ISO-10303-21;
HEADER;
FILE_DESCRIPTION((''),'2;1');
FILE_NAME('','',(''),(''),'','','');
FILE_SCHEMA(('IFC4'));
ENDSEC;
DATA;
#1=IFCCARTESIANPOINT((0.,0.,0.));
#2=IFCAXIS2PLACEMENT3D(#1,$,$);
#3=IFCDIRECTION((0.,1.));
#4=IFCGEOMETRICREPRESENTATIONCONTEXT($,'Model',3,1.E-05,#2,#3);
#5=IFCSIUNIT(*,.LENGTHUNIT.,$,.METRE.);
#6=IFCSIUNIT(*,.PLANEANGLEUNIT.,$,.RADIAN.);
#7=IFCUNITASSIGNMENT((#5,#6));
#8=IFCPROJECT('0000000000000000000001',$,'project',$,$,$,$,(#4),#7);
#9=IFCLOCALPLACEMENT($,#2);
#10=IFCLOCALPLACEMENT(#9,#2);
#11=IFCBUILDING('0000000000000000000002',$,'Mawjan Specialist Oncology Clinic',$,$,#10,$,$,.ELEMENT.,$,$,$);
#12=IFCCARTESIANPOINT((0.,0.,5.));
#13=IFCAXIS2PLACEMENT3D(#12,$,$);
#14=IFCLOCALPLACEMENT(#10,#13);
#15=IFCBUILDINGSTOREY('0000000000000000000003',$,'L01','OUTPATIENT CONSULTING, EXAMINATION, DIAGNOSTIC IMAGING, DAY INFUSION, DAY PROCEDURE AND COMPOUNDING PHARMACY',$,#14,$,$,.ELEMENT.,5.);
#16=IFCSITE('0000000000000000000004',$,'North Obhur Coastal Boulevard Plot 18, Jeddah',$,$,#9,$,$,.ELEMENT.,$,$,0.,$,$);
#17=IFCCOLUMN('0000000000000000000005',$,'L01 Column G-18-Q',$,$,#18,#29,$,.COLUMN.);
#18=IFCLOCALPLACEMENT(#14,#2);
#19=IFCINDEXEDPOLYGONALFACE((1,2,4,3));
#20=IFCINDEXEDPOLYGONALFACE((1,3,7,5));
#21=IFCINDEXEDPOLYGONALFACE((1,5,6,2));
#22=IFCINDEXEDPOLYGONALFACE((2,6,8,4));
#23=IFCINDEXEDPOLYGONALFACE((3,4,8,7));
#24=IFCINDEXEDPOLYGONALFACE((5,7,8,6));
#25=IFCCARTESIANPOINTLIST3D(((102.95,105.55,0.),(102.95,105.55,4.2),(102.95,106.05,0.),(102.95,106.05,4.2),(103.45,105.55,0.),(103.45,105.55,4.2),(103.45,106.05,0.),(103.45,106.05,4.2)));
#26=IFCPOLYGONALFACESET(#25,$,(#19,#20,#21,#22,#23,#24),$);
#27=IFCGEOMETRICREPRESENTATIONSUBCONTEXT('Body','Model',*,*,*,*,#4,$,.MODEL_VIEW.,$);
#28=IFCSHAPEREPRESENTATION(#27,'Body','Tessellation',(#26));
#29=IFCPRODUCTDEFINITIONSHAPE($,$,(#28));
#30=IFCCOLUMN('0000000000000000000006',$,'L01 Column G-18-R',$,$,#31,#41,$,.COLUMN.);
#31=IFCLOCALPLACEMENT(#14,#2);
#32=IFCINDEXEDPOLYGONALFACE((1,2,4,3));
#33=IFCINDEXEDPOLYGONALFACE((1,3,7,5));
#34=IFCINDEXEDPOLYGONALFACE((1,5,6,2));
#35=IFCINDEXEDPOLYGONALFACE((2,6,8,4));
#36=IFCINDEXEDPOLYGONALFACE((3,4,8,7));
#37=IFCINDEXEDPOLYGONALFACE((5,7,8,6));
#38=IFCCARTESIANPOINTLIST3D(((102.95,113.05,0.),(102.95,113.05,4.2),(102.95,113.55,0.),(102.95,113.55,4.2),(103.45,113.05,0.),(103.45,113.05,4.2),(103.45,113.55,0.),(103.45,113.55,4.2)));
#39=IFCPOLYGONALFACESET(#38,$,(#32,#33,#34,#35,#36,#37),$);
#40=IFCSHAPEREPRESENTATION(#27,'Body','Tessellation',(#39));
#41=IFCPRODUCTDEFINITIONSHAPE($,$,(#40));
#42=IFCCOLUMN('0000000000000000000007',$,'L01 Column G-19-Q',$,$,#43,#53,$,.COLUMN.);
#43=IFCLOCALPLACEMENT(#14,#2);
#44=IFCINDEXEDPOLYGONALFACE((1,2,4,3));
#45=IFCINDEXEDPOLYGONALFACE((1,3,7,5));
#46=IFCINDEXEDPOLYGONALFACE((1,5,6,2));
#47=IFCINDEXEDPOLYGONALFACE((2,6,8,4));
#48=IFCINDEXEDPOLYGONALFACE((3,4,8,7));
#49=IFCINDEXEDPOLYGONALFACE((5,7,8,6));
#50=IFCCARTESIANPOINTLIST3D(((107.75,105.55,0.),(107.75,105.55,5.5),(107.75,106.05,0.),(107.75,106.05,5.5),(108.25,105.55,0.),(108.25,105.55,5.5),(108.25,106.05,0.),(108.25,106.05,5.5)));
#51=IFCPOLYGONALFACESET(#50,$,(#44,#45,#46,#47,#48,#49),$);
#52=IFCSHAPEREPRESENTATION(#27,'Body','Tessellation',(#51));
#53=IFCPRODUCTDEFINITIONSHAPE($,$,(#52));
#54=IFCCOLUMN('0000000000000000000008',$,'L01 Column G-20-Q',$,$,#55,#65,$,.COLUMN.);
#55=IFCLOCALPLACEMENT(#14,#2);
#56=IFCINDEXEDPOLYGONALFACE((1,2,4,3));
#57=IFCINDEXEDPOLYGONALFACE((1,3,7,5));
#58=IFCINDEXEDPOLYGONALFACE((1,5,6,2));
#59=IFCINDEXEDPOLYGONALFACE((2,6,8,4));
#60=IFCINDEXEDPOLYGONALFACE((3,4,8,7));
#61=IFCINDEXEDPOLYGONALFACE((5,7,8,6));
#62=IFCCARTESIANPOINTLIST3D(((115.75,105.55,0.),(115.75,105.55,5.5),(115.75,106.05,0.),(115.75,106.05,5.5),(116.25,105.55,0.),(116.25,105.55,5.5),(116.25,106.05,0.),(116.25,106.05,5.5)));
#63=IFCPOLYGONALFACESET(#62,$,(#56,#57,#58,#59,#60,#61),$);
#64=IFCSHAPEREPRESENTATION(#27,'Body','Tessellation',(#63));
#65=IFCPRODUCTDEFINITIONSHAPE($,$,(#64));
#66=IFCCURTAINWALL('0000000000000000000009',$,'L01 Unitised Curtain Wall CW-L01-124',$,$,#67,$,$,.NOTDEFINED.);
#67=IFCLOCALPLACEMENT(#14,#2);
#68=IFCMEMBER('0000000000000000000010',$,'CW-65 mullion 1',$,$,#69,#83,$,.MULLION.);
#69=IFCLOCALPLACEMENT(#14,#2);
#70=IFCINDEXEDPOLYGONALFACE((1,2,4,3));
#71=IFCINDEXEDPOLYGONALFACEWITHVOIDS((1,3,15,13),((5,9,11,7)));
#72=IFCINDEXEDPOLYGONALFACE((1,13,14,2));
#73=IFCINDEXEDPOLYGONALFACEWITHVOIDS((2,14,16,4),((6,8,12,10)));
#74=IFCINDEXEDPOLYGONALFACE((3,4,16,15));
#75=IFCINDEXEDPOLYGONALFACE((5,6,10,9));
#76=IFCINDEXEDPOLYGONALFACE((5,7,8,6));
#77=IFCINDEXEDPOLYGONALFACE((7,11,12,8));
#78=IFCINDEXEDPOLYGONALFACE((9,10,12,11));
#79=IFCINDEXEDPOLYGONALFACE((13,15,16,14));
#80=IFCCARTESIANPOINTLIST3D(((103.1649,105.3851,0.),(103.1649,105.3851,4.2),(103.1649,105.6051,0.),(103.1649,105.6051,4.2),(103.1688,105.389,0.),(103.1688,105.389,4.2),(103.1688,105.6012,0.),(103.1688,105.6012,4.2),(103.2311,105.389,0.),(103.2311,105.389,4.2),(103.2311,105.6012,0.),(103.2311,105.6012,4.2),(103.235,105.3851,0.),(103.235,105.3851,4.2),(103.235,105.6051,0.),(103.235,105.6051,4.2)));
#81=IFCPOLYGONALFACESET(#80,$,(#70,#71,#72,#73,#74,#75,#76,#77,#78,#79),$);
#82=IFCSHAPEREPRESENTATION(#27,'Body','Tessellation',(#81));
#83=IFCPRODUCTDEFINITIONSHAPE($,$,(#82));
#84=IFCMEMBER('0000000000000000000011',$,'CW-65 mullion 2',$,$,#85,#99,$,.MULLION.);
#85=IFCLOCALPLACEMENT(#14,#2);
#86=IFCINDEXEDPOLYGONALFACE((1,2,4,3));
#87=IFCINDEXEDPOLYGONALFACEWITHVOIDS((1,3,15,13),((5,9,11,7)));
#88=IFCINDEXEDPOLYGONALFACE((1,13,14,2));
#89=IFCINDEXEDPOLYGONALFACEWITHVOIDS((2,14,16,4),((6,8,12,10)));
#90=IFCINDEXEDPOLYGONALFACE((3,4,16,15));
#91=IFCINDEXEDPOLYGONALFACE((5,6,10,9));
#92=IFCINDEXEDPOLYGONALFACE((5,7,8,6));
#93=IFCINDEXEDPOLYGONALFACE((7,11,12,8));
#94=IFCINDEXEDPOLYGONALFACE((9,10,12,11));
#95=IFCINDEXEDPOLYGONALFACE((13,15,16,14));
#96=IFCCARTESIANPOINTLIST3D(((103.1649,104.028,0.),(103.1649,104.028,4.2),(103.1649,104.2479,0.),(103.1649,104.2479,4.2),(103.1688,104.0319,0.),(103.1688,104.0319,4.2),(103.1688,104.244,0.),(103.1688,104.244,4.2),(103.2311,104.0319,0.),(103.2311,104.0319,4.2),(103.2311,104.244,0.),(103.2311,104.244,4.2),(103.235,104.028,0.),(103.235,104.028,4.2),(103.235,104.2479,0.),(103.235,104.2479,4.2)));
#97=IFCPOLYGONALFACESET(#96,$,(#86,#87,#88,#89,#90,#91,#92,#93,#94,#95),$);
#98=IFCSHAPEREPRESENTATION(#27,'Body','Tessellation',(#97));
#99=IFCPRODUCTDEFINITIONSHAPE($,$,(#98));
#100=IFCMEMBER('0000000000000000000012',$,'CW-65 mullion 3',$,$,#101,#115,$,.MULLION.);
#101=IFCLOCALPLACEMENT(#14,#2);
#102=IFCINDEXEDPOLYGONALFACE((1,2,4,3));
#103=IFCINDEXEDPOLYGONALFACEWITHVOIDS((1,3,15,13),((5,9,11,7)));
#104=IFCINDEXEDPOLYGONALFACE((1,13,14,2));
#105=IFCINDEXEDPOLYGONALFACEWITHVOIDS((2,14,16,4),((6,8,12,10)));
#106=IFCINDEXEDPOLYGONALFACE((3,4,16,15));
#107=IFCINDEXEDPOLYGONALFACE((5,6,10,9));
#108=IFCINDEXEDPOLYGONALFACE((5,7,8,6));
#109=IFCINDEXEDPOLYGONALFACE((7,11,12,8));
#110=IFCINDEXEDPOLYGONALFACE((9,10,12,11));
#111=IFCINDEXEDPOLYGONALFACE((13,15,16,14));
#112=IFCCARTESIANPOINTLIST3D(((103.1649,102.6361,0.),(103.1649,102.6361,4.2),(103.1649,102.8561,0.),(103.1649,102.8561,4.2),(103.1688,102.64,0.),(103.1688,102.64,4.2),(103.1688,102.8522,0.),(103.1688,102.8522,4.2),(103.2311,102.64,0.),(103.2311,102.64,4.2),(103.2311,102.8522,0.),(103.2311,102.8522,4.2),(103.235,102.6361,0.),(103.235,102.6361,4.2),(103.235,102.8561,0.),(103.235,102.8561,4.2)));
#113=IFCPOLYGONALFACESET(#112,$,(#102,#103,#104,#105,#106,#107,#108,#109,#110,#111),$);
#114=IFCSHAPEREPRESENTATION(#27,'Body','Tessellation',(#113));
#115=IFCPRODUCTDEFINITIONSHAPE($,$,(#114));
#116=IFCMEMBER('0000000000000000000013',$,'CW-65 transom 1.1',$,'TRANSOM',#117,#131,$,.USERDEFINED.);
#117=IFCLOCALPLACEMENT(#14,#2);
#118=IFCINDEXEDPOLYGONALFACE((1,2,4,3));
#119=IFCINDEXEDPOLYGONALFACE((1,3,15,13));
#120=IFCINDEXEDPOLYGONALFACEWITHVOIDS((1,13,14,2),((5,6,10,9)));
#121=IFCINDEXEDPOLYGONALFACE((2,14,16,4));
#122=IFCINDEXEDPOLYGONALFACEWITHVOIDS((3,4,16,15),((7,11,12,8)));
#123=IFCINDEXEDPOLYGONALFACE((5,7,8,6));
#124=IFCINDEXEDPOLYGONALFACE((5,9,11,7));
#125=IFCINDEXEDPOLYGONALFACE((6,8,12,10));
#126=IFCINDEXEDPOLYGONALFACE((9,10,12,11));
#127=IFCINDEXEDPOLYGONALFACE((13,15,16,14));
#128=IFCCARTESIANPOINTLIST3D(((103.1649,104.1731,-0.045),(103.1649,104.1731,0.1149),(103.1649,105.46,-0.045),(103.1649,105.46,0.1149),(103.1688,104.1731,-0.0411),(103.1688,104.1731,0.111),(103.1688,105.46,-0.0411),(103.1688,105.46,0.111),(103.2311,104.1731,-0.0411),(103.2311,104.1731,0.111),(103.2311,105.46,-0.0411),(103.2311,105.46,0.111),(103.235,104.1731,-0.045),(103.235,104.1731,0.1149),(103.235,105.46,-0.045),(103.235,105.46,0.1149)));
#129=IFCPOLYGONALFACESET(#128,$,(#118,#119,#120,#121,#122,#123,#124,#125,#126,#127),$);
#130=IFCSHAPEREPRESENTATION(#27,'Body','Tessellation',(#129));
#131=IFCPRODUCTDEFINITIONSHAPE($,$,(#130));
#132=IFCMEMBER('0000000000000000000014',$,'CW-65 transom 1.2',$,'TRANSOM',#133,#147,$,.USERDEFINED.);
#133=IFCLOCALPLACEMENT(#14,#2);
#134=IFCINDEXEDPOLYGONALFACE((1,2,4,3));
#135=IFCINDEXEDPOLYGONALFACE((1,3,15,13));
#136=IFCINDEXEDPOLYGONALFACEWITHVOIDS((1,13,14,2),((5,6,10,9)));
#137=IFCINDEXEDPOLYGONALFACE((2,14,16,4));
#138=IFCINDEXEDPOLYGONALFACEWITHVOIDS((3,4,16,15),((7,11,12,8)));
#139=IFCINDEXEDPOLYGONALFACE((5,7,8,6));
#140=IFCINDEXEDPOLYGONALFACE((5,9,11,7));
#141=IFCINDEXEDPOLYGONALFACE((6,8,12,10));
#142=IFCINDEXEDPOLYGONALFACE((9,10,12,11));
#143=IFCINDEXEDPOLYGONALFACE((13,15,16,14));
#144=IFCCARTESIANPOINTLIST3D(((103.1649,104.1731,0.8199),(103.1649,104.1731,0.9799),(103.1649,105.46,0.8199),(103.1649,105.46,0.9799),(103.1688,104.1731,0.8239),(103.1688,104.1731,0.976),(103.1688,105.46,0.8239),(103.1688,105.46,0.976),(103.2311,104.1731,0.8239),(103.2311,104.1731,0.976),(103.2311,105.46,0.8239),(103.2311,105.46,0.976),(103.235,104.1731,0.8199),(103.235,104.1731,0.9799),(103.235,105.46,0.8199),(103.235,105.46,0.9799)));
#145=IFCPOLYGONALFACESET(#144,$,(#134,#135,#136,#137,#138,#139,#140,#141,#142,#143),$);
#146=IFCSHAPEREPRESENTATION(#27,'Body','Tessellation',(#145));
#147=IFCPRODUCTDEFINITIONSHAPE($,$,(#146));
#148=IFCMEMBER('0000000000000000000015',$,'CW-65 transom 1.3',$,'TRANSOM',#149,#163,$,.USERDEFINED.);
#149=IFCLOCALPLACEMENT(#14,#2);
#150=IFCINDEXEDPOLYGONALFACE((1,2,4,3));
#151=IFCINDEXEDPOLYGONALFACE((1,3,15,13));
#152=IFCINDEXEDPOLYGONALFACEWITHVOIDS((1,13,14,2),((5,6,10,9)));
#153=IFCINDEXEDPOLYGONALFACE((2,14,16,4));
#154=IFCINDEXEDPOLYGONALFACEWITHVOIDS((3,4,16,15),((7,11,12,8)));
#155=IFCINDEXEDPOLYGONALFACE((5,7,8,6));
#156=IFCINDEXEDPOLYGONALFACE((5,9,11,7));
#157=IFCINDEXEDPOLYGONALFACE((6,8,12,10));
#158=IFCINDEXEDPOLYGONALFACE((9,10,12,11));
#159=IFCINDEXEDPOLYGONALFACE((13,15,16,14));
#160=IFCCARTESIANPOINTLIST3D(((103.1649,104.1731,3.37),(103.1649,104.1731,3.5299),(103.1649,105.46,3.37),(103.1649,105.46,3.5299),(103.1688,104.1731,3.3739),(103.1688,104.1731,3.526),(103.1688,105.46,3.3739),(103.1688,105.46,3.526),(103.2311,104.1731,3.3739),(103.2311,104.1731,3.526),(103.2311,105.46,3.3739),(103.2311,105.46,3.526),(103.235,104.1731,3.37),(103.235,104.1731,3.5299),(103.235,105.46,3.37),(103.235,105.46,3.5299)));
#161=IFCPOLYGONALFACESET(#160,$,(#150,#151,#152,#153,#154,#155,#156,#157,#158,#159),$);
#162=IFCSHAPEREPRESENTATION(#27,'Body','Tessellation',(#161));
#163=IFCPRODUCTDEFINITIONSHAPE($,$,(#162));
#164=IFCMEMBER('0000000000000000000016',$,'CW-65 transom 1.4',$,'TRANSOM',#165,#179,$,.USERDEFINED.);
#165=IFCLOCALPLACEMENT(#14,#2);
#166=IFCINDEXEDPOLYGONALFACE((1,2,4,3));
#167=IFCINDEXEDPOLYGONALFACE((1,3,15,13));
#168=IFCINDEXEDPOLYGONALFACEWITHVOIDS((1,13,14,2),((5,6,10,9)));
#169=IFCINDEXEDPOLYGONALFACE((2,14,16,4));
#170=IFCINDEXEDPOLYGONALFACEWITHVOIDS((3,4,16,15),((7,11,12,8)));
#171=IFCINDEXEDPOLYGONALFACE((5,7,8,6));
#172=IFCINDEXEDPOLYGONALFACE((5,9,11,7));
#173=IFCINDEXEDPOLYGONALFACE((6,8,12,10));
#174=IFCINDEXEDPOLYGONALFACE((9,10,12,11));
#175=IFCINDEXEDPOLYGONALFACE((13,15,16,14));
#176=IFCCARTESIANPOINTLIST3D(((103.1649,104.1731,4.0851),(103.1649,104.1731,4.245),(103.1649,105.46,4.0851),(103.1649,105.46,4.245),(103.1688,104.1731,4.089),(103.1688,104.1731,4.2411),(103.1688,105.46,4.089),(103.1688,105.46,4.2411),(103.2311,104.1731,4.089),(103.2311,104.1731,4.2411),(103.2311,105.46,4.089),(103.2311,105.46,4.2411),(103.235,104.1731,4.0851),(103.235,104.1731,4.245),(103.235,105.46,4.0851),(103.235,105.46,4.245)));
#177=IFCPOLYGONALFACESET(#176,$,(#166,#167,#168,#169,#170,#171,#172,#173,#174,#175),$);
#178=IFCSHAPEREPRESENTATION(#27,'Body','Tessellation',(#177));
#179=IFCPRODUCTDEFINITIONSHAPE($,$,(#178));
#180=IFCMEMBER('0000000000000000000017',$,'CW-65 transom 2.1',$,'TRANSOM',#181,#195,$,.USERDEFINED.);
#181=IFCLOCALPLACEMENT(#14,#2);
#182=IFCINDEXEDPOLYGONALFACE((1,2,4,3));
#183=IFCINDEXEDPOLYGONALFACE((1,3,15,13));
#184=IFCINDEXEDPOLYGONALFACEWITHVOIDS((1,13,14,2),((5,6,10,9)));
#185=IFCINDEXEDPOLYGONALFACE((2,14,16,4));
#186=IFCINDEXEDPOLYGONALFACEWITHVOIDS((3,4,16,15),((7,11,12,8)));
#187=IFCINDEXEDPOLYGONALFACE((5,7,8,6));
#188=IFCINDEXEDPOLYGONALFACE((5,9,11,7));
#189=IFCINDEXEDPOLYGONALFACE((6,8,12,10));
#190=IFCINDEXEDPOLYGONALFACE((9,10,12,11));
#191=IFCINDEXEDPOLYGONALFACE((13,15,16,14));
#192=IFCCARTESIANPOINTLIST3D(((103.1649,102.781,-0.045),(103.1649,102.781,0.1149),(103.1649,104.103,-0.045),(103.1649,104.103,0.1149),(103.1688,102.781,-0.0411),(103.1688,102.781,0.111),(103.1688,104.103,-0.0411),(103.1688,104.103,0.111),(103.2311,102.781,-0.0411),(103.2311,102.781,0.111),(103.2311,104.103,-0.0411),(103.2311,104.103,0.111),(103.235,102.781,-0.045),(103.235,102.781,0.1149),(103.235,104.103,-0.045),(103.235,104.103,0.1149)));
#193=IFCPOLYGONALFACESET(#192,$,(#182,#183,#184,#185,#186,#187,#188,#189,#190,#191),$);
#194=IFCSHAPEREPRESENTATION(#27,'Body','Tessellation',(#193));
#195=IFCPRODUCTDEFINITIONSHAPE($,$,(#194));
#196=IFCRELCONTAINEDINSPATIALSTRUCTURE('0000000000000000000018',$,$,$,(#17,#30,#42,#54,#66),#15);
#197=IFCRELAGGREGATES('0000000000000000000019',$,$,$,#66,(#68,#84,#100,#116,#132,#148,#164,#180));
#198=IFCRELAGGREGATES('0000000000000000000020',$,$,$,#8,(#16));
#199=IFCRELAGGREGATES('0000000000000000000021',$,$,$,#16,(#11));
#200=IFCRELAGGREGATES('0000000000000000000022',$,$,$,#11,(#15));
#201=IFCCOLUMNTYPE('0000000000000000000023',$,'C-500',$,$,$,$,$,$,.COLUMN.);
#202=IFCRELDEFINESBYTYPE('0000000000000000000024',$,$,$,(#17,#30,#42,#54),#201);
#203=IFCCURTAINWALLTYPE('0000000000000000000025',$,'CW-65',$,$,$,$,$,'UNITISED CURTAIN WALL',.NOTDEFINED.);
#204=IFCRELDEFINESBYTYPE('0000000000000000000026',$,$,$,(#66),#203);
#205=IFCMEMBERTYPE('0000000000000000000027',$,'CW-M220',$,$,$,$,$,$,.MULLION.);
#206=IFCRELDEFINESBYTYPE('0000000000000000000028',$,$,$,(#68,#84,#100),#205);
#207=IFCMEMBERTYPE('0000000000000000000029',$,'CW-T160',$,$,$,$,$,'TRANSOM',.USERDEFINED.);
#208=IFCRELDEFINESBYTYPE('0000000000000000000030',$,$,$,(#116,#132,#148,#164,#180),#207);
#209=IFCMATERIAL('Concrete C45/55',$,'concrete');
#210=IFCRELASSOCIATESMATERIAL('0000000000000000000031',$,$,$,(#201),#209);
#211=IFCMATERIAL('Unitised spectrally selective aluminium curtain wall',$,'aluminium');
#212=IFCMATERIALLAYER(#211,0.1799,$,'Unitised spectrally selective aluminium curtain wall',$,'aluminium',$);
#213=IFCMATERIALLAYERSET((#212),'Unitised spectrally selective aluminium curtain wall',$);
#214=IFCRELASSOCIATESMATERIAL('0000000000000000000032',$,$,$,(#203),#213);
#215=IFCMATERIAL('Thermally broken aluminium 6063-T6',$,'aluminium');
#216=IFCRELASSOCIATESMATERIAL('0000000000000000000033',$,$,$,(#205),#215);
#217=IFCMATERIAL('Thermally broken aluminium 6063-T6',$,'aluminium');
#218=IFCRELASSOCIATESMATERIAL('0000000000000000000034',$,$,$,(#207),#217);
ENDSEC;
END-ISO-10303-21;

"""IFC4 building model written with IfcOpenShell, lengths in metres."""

from ifc_helpers import new_model, si_unit, direction, frame, origin, origin_2d, place, context, subcontext, project, spatial, rectangle, hollow_rectangle, extrude, material, layer, layer_set, material_profile, profile_set, type_object, element, aggregate, save


model = new_model("IFC4")

# Units and contexts
model_context = context("Model", 3, precision=1e-05, world=origin(), true_north=direction((0.0, 1.0)))
body_context = subcontext(model_context, "Body", "Model", "MODEL_VIEW")
ifc_project = project(units=[si_unit("LENGTHUNIT", "METRE"), si_unit("PLANEANGLEUNIT", "RADIAN")], contexts=[model_context])

# Site, building, storey
site_placement = place(None, origin())
site = spatial("IfcSite", under=ifc_project, at=site_placement, Name="North Obhur Coastal Boulevard Plot 18, Jeddah", CompositionType="ELEMENT", RefElevation=0.0)
building_placement = place(site_placement, origin())
building = spatial("IfcBuilding", under=site, at=building_placement, Name="Mawjan Specialist Oncology Clinic", CompositionType="ELEMENT")
storey_placement = place(building_placement, frame((0.0, 0.0, 5.0)))
storey = spatial("IfcBuildingStorey", under=building, at=storey_placement, Name="L01", Description="OUTPATIENT CONSULTING, EXAMINATION, DIAGNOSTIC IMAGING, DAY INFUSION, DAY PROCEDURE AND COMPOUNDING PHARMACY", CompositionType="ELEMENT", Elevation=5.0)

# Columns
ifc_material_1 = material(Name="Concrete C45/55", Category="concrete")
ifc_material_profile_1 = material_profile(ifc_material_1, rectangle(XDim=0.5, YDim=0.5, at=origin_2d()), Name="RC COL 500x500", Category="concrete")
ifc_profile_set_1 = profile_set([ifc_material_profile_1], Name="Concrete C45/55")
column_type = type_object("IfcColumnType", Name="C-500", PredefinedType="COLUMN", material=ifc_profile_set_1)
for number, where, z_axis, x_axis, name in (
    (1, (103.2, 105.8, 0.0), (0.0, 0.0, 1.0), (1.0, 0.0, 0.0), "L01 Column G-18-Q"),
    (2, (103.2, 113.3, 0.0), (0.0, 0.0, 1.0), (1.0, 0.0, 0.0), "L01 Column G-18-R"),
):
    element("IfcColumn", number, at=place(storey_placement, frame(where, z_axis=z_axis, x_axis=x_axis)), inside=storey, type_object=column_type, Name=name, PredefinedType="COLUMN", context=body_context, shape_type="SweptSolid", body=[
        extrude(rectangle(XDim=0.5, YDim=0.5, at=origin_2d()), origin(), (0.0, 0.0, 1.0), 4.2),
    ])
for number, where, z_axis, x_axis, name in (
    (3, (108.0, 105.8, 0.0), (0.0, 0.0, 1.0), (1.0, 0.0, 0.0), "L01 Column G-19-Q"),
    (4, (116.0, 105.8, 0.0), (0.0, 0.0, 1.0), (1.0, 0.0, 0.0), "L01 Column G-20-Q"),
):
    element("IfcColumn", number, at=place(storey_placement, frame(where, z_axis=z_axis, x_axis=x_axis)), inside=storey, type_object=column_type, Name=name, PredefinedType="COLUMN", context=body_context, shape_type="SweptSolid", body=[
        extrude(rectangle(XDim=0.5, YDim=0.5, at=origin_2d()), origin(), (0.0, 0.0, 1.0), 5.5),
    ])

# Curtain wall, members
ifc_material_2 = material(Name="Unitised spectrally selective aluminium curtain wall", Category="aluminium")
ifc_layer_1 = layer(ifc_material_2, 0.1799, Name="Unitised spectrally selective aluminium curtain wall", Category="aluminium")
ifc_layer_set_1 = layer_set([ifc_layer_1], Name="Unitised spectrally selective aluminium curtain wall")
curtain_wall_type = type_object("IfcCurtainWallType", Name="CW-65", ElementType="UNITISED CURTAIN WALL", PredefinedType="NOTDEFINED", material=ifc_layer_set_1)
curtain_wall_placement = place(storey_placement, origin())
curtain_wall = element("IfcCurtainWall", 5, at=curtain_wall_placement, inside=storey, type_object=curtain_wall_type, Name="L01 Unitised Curtain Wall CW-L01-124", PredefinedType="NOTDEFINED")
ifc_material_3 = material(Name="Thermally broken aluminium 6063-T6", Category="aluminium")
ifc_material_profile_2 = material_profile(ifc_material_3, hollow_rectangle(XDim=0.0701, YDim=0.22, WallThickness=0.0039, at=origin_2d()), Name="ALU MULLION 220x70x4", Category="aluminium")
ifc_profile_set_2 = profile_set([ifc_material_profile_2], Name="Thermally broken aluminium 6063-T6")
member_type_1 = type_object("IfcMemberType", Name="CW-M220", PredefinedType="MULLION", material=ifc_profile_set_2)
member_1_placement = place(storey_placement, frame((103.2, 105.4951, 0.0), z_axis=(0.0, 0.0, 1.0), x_axis=(1.0, 0.0, 0.0)))
member_1 = element("IfcMember", 6, at=member_1_placement, type_object=member_type_1, Name="CW-65 mullion 1", PredefinedType="MULLION", context=body_context, shape_type="SweptSolid", body=[
    extrude(hollow_rectangle(XDim=0.0701, YDim=0.22, WallThickness=0.0039, at=origin_2d()), origin(), (0.0, 0.0, 1.0), 4.2),
])
member_2_placement = place(storey_placement, frame((103.2, 104.1379, 0.0), z_axis=(0.0, 0.0, 1.0), x_axis=(1.0, 0.0, 0.0)))
member_2 = element("IfcMember", 7, at=member_2_placement, type_object=member_type_1, Name="CW-65 mullion 2", PredefinedType="MULLION", context=body_context, shape_type="SweptSolid", body=[
    extrude(hollow_rectangle(XDim=0.0701, YDim=0.22, WallThickness=0.0039, at=origin_2d()), origin(), (0.0, 0.0, 1.0), 4.2),
])
member_3_placement = place(storey_placement, frame((103.2, 102.7461, 0.0), z_axis=(0.0, 0.0, 1.0), x_axis=(1.0, 0.0, 0.0)))
member_3 = element("IfcMember", 8, at=member_3_placement, type_object=member_type_1, Name="CW-65 mullion 3", PredefinedType="MULLION", context=body_context, shape_type="SweptSolid", body=[
    extrude(hollow_rectangle(XDim=0.0701, YDim=0.22, WallThickness=0.0039, at=origin_2d()), origin(), (0.0, 0.0, 1.0), 4.2),
])
ifc_material_4 = material(Name="Thermally broken aluminium 6063-T6", Category="aluminium")
ifc_material_profile_3 = material_profile(ifc_material_4, hollow_rectangle(XDim=0.0701, YDim=0.1599, WallThickness=0.0039, at=origin_2d()), Name="ALU TRANSOM 160x70x4", Category="aluminium")
ifc_profile_set_3 = profile_set([ifc_material_profile_3], Name="Thermally broken aluminium 6063-T6")
member_type_2 = type_object("IfcMemberType", Name="CW-T160", ElementType="TRANSOM", PredefinedType="USERDEFINED", material=ifc_profile_set_3)
member_4_placement = place(storey_placement, frame((103.2, 105.46, 0.0349), z_axis=(0.0, -1.0, 0.0), x_axis=(1.0, 0.0, 0.0)))
member_4 = element("IfcMember", 9, at=member_4_placement, type_object=member_type_2, Name="CW-65 transom 1.1", ObjectType="TRANSOM", PredefinedType="USERDEFINED", context=body_context, shape_type="SweptSolid", body=[
    extrude(hollow_rectangle(XDim=0.0701, YDim=0.1599, WallThickness=0.0039, at=origin_2d()), origin(), (0.0, 0.0, 1.0), 1.2869),
])
member_5_placement = place(storey_placement, frame((103.2, 105.46, 0.8999), z_axis=(0.0, -1.0, 0.0), x_axis=(1.0, 0.0, 0.0)))
member_5 = element("IfcMember", 10, at=member_5_placement, type_object=member_type_2, Name="CW-65 transom 1.2", ObjectType="TRANSOM", PredefinedType="USERDEFINED", context=body_context, shape_type="SweptSolid", body=[
    extrude(hollow_rectangle(XDim=0.0701, YDim=0.1599, WallThickness=0.0039, at=origin_2d()), origin(), (0.0, 0.0, 1.0), 1.2869),
])
member_6_placement = place(storey_placement, frame((103.2, 105.46, 3.45), z_axis=(0.0, -1.0, 0.0), x_axis=(1.0, 0.0, 0.0)))
member_6 = element("IfcMember", 11, at=member_6_placement, type_object=member_type_2, Name="CW-65 transom 1.3", ObjectType="TRANSOM", PredefinedType="USERDEFINED", context=body_context, shape_type="SweptSolid", body=[
    extrude(hollow_rectangle(XDim=0.0701, YDim=0.1599, WallThickness=0.0039, at=origin_2d()), origin(), (0.0, 0.0, 1.0), 1.2869),
])
member_7_placement = place(storey_placement, frame((103.2, 105.46, 4.165), z_axis=(0.0, -1.0, 0.0), x_axis=(1.0, 0.0, 0.0)))
member_7 = element("IfcMember", 12, at=member_7_placement, type_object=member_type_2, Name="CW-65 transom 1.4", ObjectType="TRANSOM", PredefinedType="USERDEFINED", context=body_context, shape_type="SweptSolid", body=[
    extrude(hollow_rectangle(XDim=0.0701, YDim=0.1599, WallThickness=0.0039, at=origin_2d()), origin(), (0.0, 0.0, 1.0), 1.2869),
])
member_8_placement = place(storey_placement, frame((103.2, 104.103, 0.0349), z_axis=(0.0, -1.0, 0.0), x_axis=(1.0, 0.0, 0.0)))
member_8 = element("IfcMember", 13, at=member_8_placement, type_object=member_type_2, Name="CW-65 transom 2.1", ObjectType="TRANSOM", PredefinedType="USERDEFINED", context=body_context, shape_type="SweptSolid", body=[
    extrude(hollow_rectangle(XDim=0.0701, YDim=0.1599, WallThickness=0.0039, at=origin_2d()), origin(), (0.0, 0.0, 1.0), 1.322),
])

aggregate(curtain_wall, [member_1, member_2, member_3, member_4, member_5, member_6, member_7, member_8])

save(model, "model.ifc")
